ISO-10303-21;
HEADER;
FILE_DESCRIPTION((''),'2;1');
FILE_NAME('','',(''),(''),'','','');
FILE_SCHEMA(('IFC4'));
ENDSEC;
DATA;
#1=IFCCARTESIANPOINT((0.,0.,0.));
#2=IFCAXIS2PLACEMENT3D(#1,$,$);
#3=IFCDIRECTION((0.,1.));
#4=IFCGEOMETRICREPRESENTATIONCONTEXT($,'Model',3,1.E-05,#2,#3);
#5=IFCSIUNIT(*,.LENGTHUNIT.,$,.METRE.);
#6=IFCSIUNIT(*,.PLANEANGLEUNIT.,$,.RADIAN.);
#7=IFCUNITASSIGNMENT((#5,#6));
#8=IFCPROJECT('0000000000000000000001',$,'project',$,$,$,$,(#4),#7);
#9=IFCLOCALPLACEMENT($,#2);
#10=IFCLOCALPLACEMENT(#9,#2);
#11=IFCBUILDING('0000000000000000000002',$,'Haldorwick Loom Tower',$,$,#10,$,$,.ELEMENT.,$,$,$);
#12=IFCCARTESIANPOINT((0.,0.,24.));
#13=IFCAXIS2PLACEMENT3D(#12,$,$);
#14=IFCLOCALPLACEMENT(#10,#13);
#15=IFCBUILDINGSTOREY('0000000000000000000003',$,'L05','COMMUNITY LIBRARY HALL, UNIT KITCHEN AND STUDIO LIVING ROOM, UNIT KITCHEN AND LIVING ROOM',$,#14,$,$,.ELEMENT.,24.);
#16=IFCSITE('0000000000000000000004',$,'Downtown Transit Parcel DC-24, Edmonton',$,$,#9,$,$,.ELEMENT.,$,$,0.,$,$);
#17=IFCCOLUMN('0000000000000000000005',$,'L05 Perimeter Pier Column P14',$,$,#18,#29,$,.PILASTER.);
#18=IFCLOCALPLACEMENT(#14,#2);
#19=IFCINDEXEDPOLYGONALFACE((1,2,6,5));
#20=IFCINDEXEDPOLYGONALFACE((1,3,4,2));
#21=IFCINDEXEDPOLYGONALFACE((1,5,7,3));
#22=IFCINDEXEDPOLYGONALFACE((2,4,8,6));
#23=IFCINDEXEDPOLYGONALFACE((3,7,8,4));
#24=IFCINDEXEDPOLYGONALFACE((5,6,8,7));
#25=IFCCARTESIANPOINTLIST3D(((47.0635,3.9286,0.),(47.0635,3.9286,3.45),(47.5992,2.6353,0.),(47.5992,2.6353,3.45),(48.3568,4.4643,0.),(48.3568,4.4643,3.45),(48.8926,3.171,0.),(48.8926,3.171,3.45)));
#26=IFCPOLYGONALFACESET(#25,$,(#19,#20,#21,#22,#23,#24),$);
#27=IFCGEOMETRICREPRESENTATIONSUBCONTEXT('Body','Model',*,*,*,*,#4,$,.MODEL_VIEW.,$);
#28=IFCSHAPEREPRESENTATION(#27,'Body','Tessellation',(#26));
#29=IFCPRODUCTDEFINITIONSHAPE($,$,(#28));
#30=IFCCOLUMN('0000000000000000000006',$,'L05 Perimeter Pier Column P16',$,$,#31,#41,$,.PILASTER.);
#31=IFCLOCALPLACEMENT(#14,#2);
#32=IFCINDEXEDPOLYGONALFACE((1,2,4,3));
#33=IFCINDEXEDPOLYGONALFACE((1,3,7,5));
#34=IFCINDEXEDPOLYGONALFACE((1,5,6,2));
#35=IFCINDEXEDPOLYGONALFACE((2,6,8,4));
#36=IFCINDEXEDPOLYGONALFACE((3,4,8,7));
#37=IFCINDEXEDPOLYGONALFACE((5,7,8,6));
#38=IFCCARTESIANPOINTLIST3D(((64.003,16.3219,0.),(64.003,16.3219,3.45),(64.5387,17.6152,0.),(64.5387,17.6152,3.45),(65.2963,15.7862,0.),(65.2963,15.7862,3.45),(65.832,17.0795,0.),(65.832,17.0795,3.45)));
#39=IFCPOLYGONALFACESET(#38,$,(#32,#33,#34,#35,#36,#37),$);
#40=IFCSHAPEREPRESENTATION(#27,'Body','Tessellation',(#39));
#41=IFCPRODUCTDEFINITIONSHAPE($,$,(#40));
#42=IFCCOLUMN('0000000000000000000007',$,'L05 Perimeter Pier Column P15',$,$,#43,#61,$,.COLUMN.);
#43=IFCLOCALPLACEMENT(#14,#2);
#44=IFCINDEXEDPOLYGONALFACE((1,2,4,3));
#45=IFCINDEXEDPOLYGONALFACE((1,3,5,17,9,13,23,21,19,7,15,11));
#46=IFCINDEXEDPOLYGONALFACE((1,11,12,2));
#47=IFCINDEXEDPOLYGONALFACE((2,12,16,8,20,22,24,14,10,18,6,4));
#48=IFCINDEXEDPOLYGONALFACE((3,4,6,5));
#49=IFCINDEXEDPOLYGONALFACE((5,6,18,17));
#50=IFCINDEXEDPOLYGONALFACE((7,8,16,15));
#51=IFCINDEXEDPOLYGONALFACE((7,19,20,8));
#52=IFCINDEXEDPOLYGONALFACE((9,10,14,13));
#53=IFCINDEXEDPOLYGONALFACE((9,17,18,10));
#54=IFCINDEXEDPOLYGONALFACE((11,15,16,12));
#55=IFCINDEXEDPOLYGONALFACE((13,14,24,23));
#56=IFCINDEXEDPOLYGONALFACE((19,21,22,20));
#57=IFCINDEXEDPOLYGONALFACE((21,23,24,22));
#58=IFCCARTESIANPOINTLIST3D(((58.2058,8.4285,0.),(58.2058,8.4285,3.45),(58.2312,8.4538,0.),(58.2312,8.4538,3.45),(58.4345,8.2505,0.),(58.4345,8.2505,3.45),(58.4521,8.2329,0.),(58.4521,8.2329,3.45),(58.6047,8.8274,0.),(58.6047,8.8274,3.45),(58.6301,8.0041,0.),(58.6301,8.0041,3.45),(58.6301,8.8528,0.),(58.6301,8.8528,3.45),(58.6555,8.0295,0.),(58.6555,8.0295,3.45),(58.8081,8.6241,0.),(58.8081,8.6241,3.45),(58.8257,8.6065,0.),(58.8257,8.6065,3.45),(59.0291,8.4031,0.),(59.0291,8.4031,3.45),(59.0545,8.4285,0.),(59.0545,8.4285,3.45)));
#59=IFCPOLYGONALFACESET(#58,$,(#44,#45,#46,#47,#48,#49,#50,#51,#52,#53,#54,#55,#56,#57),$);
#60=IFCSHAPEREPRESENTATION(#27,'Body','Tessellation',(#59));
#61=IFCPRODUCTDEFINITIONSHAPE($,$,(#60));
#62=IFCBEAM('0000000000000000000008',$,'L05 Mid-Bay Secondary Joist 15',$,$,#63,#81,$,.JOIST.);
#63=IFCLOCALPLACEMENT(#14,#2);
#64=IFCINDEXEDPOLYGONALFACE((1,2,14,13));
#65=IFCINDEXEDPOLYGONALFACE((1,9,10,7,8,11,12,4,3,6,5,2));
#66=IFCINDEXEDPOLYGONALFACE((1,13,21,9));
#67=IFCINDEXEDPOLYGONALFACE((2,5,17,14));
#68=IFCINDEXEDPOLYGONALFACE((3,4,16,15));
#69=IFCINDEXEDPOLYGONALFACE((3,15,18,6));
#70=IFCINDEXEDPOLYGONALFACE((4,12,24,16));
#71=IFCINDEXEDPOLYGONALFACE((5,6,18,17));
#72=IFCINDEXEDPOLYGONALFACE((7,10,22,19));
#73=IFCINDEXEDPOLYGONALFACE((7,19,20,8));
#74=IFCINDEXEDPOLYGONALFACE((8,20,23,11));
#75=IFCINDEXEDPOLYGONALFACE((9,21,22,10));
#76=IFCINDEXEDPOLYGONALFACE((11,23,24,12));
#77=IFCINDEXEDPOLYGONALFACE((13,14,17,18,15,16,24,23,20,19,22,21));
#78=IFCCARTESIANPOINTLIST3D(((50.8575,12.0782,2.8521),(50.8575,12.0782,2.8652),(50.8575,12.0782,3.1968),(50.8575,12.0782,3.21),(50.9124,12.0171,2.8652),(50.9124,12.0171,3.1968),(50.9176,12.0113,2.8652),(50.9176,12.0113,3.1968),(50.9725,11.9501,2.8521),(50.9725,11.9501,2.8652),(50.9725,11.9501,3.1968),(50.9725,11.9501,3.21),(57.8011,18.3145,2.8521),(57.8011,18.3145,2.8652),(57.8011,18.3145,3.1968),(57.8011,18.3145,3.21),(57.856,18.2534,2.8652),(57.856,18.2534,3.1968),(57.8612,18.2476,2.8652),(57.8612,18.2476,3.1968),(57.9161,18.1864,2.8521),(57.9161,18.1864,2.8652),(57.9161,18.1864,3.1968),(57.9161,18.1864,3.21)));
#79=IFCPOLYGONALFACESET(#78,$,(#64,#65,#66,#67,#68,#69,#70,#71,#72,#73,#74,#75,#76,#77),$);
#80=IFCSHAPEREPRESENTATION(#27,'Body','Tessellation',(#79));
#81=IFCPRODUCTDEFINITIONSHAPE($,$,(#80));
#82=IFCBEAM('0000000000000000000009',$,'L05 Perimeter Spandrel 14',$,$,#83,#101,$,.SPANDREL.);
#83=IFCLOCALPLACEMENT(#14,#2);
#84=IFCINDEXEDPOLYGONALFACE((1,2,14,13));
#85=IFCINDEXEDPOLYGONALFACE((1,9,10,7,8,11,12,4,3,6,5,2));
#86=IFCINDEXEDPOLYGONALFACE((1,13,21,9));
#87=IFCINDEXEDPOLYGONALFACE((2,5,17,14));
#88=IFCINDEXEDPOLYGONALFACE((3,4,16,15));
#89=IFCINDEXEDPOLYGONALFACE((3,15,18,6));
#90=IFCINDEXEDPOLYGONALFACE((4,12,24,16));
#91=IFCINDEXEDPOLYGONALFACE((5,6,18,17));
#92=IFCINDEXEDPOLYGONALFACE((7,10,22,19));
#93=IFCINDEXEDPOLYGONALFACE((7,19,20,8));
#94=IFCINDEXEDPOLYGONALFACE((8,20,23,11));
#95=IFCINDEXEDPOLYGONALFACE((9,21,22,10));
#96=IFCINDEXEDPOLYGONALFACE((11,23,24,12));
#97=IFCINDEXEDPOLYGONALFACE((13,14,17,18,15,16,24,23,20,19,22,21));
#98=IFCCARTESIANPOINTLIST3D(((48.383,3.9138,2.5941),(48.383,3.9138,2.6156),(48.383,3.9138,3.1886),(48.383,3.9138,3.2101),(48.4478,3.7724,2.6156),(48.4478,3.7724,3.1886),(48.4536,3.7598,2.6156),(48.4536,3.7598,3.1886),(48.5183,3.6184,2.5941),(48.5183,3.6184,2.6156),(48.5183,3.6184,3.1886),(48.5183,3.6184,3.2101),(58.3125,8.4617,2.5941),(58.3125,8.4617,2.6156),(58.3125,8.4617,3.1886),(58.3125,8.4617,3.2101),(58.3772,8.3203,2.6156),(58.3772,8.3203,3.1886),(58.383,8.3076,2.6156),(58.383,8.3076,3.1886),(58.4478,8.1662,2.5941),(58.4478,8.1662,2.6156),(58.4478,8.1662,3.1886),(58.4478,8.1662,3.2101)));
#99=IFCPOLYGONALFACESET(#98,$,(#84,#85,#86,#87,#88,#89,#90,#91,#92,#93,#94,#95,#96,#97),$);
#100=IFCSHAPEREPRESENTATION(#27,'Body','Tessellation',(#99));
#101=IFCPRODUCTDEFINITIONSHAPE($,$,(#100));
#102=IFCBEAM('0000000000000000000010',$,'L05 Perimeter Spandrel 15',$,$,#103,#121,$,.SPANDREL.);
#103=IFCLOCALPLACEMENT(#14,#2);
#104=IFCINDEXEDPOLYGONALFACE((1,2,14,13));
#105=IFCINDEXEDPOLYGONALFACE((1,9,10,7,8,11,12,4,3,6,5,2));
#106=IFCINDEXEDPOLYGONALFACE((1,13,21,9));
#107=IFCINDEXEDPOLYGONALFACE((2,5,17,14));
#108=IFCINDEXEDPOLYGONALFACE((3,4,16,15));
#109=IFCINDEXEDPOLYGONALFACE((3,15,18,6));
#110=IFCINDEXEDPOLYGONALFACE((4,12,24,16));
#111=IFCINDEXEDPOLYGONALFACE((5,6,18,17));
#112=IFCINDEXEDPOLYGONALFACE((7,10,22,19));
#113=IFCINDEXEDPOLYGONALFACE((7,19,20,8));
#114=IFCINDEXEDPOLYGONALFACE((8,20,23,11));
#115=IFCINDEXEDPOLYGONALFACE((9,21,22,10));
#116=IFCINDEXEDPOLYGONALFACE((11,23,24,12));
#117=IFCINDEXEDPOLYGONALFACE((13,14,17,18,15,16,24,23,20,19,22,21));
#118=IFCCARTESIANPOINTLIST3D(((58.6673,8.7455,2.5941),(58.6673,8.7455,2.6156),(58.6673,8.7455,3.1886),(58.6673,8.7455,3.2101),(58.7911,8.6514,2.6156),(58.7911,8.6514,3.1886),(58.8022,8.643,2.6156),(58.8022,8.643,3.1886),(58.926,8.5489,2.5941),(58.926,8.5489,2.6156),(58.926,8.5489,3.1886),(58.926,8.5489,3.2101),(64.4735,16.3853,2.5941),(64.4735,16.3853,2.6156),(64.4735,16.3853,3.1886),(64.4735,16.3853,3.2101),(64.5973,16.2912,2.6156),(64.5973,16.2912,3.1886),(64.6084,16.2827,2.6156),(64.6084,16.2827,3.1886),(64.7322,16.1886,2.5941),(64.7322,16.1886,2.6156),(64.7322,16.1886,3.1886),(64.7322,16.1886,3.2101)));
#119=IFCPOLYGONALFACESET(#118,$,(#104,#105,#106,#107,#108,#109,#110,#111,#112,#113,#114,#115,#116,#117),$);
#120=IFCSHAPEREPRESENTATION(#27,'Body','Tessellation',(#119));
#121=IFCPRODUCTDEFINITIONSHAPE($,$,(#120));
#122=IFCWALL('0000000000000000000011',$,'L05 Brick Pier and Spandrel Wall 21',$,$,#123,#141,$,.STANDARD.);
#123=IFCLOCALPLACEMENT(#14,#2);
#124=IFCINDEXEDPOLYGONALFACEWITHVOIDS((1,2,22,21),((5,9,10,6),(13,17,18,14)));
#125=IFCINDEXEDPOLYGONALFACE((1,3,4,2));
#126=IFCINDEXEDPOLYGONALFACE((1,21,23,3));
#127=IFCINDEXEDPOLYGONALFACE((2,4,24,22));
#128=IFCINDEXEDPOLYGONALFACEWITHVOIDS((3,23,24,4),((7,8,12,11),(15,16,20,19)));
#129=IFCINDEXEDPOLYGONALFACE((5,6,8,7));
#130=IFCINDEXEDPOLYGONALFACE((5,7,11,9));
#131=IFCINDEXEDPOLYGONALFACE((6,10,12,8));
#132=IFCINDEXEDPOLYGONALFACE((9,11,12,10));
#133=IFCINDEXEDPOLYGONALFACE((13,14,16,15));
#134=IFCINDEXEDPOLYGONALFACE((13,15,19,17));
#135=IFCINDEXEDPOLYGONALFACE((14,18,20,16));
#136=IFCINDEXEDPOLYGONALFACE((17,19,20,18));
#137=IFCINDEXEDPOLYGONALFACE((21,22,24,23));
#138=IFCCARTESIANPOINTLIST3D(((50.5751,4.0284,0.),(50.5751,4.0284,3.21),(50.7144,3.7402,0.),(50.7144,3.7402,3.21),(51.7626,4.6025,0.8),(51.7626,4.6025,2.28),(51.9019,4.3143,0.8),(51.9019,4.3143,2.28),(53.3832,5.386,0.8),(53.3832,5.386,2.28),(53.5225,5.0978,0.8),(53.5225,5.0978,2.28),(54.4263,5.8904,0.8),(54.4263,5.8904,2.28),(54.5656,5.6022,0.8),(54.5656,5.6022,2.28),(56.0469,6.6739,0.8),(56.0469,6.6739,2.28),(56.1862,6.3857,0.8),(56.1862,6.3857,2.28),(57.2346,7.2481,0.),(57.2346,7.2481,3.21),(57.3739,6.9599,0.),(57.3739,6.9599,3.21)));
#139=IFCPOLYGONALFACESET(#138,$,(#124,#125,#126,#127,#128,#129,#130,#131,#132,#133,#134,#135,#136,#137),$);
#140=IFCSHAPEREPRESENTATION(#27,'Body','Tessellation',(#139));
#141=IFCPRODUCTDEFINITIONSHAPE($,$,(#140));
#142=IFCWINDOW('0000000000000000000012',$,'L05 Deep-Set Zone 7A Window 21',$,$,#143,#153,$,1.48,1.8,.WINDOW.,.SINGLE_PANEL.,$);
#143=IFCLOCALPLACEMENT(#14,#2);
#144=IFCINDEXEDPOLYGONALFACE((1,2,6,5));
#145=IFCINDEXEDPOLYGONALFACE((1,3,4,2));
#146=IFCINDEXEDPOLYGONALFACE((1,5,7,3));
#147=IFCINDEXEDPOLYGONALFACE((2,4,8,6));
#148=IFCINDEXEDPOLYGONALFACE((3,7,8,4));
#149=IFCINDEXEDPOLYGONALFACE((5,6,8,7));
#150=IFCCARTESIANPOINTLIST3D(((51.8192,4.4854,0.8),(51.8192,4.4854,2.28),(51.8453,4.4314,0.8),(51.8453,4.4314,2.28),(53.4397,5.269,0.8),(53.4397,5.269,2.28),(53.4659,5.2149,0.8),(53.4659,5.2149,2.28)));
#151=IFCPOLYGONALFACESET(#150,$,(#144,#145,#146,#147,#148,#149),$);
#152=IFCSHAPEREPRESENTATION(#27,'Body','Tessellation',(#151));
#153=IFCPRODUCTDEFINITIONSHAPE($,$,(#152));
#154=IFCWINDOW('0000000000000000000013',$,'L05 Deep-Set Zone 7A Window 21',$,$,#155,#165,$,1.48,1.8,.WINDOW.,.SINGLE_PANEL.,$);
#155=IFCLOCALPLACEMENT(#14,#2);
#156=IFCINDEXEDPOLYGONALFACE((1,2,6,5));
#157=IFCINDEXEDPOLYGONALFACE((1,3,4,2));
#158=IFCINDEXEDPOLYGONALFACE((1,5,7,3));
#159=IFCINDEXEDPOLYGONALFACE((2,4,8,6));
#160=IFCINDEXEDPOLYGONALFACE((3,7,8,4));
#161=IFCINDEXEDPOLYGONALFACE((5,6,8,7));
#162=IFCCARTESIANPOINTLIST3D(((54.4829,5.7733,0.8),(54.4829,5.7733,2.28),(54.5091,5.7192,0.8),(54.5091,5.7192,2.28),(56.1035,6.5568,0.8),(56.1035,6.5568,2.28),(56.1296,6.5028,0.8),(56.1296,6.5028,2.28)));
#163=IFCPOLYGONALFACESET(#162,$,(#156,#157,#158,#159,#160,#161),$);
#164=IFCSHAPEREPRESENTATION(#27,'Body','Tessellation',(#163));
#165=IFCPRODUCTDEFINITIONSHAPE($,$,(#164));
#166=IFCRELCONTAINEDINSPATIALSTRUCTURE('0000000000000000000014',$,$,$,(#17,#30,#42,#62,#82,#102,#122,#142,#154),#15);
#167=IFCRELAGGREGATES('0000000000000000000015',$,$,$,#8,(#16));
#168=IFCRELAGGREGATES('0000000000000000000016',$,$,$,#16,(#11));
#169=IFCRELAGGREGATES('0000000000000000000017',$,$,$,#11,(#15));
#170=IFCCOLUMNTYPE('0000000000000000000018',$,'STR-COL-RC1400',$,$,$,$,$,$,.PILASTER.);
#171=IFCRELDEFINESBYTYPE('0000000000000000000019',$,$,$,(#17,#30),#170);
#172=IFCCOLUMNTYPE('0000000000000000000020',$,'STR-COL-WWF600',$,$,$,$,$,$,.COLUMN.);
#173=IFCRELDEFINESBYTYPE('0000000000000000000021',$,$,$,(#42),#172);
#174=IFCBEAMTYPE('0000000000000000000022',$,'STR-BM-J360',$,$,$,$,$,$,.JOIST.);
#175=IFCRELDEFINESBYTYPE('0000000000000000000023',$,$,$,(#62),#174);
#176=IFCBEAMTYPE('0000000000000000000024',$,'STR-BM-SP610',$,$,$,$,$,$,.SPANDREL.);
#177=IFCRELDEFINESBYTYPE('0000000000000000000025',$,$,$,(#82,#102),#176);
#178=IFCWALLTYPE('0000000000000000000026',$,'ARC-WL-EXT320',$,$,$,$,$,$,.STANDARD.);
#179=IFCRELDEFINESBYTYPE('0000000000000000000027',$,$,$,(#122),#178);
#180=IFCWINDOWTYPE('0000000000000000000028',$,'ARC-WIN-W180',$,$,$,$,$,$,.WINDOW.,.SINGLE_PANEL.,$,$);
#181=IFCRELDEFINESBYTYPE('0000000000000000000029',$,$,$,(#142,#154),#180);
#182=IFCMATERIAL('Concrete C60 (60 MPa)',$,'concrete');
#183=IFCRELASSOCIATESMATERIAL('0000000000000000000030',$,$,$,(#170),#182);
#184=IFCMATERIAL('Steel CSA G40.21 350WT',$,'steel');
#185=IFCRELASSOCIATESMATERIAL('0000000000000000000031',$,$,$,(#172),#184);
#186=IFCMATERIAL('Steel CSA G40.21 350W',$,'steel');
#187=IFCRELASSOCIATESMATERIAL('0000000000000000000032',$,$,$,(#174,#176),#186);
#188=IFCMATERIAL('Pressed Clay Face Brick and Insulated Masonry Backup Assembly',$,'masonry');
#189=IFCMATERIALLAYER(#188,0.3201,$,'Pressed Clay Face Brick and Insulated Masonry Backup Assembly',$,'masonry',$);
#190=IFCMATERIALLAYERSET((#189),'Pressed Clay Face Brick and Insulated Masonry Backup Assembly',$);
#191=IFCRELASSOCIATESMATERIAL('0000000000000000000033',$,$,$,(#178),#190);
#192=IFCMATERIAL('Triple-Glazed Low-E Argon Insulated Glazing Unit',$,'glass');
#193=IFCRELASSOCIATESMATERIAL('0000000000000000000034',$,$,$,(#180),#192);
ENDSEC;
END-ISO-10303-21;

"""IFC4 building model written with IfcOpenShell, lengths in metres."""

from ifc_helpers import new_model, si_unit, direction, frame, frame_2d, origin, origin_2d, place, context, subcontext, project, spatial, rectangle, i_section, extrude, material, layer, layer_set, material_profile, profile_set, type_object, element, fill, save


model = new_model("IFC4")

# Units and contexts
model_context = context("Model", 3, precision=1e-05, world=origin(), true_north=direction((0.0, 1.0)))
body_context = subcontext(model_context, "Body", "Model", "MODEL_VIEW")
ifc_project = project(units=[si_unit("LENGTHUNIT", "METRE"), si_unit("PLANEANGLEUNIT", "RADIAN")], contexts=[model_context])

# Site, building, storey
site_placement = place(None, origin())
site = spatial("IfcSite", under=ifc_project, at=site_placement, Name="Downtown Transit Parcel DC-24, Edmonton", CompositionType="ELEMENT", RefElevation=0.0)
building_placement = place(site_placement, origin())
building = spatial("IfcBuilding", under=site, at=building_placement, Name="Haldorwick Loom Tower", CompositionType="ELEMENT")
storey_placement = place(building_placement, frame((0.0, 0.0, 24.0)))
storey = spatial("IfcBuildingStorey", under=building, at=storey_placement, Name="L05", Description="COMMUNITY LIBRARY HALL, UNIT KITCHEN AND STUDIO LIVING ROOM, UNIT KITCHEN AND LIVING ROOM", CompositionType="ELEMENT", Elevation=24.0)

# Columns
ifc_material_1 = material(Name="Concrete C60 (60 MPa)", Category="concrete")
ifc_material_profile_1 = material_profile(ifc_material_1, rectangle(XDim=1.3999, YDim=1.3999, at=origin_2d()), Name="RC1400X1400", Category="concrete")
ifc_profile_set_1 = profile_set([ifc_material_profile_1], Name="Concrete C60 (60 MPa)")
column_type_1 = type_object("IfcColumnType", Name="STR-COL-RC1400", PredefinedType="PILASTER", material=ifc_profile_set_1)
for number, where, z_axis, x_axis, name in (
    (1, (47.978, 3.5498, 0.0), (0.0, 0.0, 1.0), (0.382683, -0.92388, 0.0), "L05 Perimeter Pier Column P14"),
    (2, (64.9175, 16.7007, 0.0), (0.0, 0.0, 1.0), (0.92388, -0.382683, 0.0), "L05 Perimeter Pier Column P16"),
):
    element("IfcColumn", number, at=place(storey_placement, frame(where, z_axis=z_axis, x_axis=x_axis)), inside=storey, type_object=column_type_1, Name=name, PredefinedType="PILASTER", context=body_context, shape_type="SweptSolid", body=[
        extrude(rectangle(XDim=1.3999, YDim=1.3999, at=origin_2d()), origin(), (0.0, 0.0, 1.0), 3.45),
    ])
ifc_material_2 = material(Name="Steel CSA G40.21 350WT", Category="steel")
ifc_material_profile_2 = material_profile(ifc_material_2, i_section(OverallWidth=0.6001, OverallDepth=0.6001, WebThickness=0.0249, FlangeThickness=0.0359, at=origin_2d()), Name="WWF600X600", Category="steel")
ifc_profile_set_2 = profile_set([ifc_material_profile_2], Name="Steel CSA G40.21 350WT")
column_type_2 = type_object("IfcColumnType", Name="STR-COL-WWF600", PredefinedType="COLUMN", material=ifc_profile_set_2)
column_placement = place(storey_placement, frame((58.6301, 8.4285, 0.0), z_axis=(0.0, 0.0, 1.0), x_axis=(0.707107, -0.707107, 0.0)))
element("IfcColumn", 3, at=column_placement, inside=storey, type_object=column_type_2, Name="L05 Perimeter Pier Column P15", PredefinedType="COLUMN", context=body_context, shape_type="SweptSolid", body=[
    extrude(i_section(OverallWidth=0.6001, OverallDepth=0.6001, WebThickness=0.0249, FlangeThickness=0.0359, at=origin_2d()), origin(), (0.0, 0.0, 1.0), 3.45),
])

# Beams
ifc_material_3 = material(Name="Steel CSA G40.21 350W", Category="steel")
ifc_material_profile_3 = material_profile(ifc_material_3, i_section(OverallWidth=0.1721, OverallDepth=0.3579, WebThickness=0.0078, FlangeThickness=0.0132, at=origin_2d()), Name="W360X57", Category="steel")
ifc_profile_set_3 = profile_set([ifc_material_profile_3], Name="Steel CSA G40.21 350W")
beam_type_1 = type_object("IfcBeamType", Name="STR-BM-J360", PredefinedType="JOIST", material=ifc_profile_set_3)
beam_1_placement = place(storey_placement, frame((50.915, 12.0142, 3.031), z_axis=(0.743982, 0.6682, 0.0), x_axis=(-0.6682, 0.743982, 0.0)))
element("IfcBeam", 4, at=beam_1_placement, inside=storey, type_object=beam_type_1, Name="L05 Mid-Bay Secondary Joist 15", PredefinedType="JOIST", context=body_context, shape_type="SweptSolid", body=[
    extrude(i_section(OverallWidth=0.1721, OverallDepth=0.3579, WebThickness=0.0078, FlangeThickness=0.0132, at=origin_2d()), origin(), (0.0, 0.0, 1.0), 9.333),
])
ifc_material_profile_4 = material_profile(ifc_material_3, i_section(OverallWidth=0.325, OverallDepth=0.616, WebThickness=0.0139, FlangeThickness=0.0215, at=origin_2d()), Name="W610X174", Category="steel")
ifc_profile_set_4 = profile_set([ifc_material_profile_4], Name="Steel CSA G40.21 350W")
beam_type_2 = type_object("IfcBeamType", Name="STR-BM-SP610", PredefinedType="SPANDREL", material=ifc_profile_set_4)
beam_2_placement = place(storey_placement, frame((48.4507, 3.7661, 2.9021), z_axis=(0.909174, 0.416417, 0.0), x_axis=(-0.416417, 0.909174, 0.0)))
element("IfcBeam", 5, at=beam_2_placement, inside=storey, type_object=beam_type_2, Name="L05 Perimeter Spandrel 14", PredefinedType="SPANDREL", context=body_context, shape_type="SweptSolid", body=[
    extrude(i_section(OverallWidth=0.325, OverallDepth=0.616, WebThickness=0.0139, FlangeThickness=0.0215, at=origin_2d()), origin(), (0.0, 0.0, 1.0), 10.9214),
])
beam_3_placement = place(storey_placement, frame((58.7966, 8.6472, 2.9021), z_axis=(0.605085, 0.796161, 0.0), x_axis=(-0.796161, 0.605085, 0.0)))
element("IfcBeam", 6, at=beam_3_placement, inside=storey, type_object=beam_type_2, Name="L05 Perimeter Spandrel 15", PredefinedType="SPANDREL", context=body_context, shape_type="SweptSolid", body=[
    extrude(i_section(OverallWidth=0.325, OverallDepth=0.616, WebThickness=0.0139, FlangeThickness=0.0215, at=origin_2d()), origin(), (0.0, 0.0, 1.0), 9.5957),
])

# Wall, openings, windows
ifc_material_4 = material(Name="Pressed Clay Face Brick and Insulated Masonry Backup Assembly", Category="masonry")
ifc_layer = layer(ifc_material_4, 0.3201, Name="Pressed Clay Face Brick and Insulated Masonry Backup Assembly", Category="masonry")
ifc_layer_set = layer_set([ifc_layer], Name="Pressed Clay Face Brick and Insulated Masonry Backup Assembly")
wall_type = type_object("IfcWallType", Name="ARC-WL-EXT320", PredefinedType="STANDARD", material=ifc_layer_set)
wall_1_placement = place(storey_placement, frame((50.6448, 3.8843, 0.0), z_axis=(0.0, 0.0, 1.0), x_axis=(0.900296, 0.435279, 0.0)))
wall_1 = element("IfcWall", 7, at=wall_1_placement, inside=storey, type_object=wall_type, Name="L05 Brick Pier and Spandrel Wall 21", PredefinedType="STANDARD", context=body_context, shape_type="SweptSolid", body=[
    extrude(rectangle(XDim=7.397, YDim=0.3201, at=frame_2d((3.6985, 0.0))), origin(), (0.0, 0.0, 1.0), 3.21),
])
opening_1_placement = place(wall_1_placement, frame((1.3191, 0.0, 0.8)))
opening_1 = element("IfcOpeningElement", 8, at=opening_1_placement, cuts=wall_1, PredefinedType="OPENING", context=body_context, shape_type="SweptSolid", body=[
    extrude(rectangle(XDim=1.8, YDim=1.48, at=frame_2d((0.8999, 0.74))), frame((0.0, 0.1699, 0.0), z_axis=(0.0, -1.0, 0.0), x_axis=(1.0, 0.0, 0.0)), (0.0, 0.0, 1.0), 0.3401),
])
opening_2_placement = place(wall_1_placement, frame((4.2778, 0.0, 0.8)))
opening_2 = element("IfcOpeningElement", 9, at=opening_2_placement, cuts=wall_1, PredefinedType="OPENING", context=body_context, shape_type="SweptSolid", body=[
    extrude(rectangle(XDim=1.8, YDim=1.48, at=frame_2d((0.8999, 0.74))), frame((0.0, 0.1699, 0.0), z_axis=(0.0, -1.0, 0.0), x_axis=(1.0, 0.0, 0.0)), (0.0, 0.0, 1.0), 0.3401),
])
ifc_material_5 = material(Name="Triple-Glazed Low-E Argon Insulated Glazing Unit", Category="glass")
window_type = type_object("IfcWindowType", Name="ARC-WIN-W180", PartitioningType="SINGLE_PANEL", PredefinedType="WINDOW", material=ifc_material_5)
window_1_placement = place(opening_1_placement, origin())
window_1 = element("IfcWindow", 10, at=window_1_placement, inside=storey, type_object=window_type, Name="L05 Deep-Set Zone 7A Window 21", OverallHeight=1.48, OverallWidth=1.8, PartitioningType="SINGLE_PANEL", PredefinedType="WINDOW", context=body_context, shape_type="SweptSolid", body=[
    extrude(rectangle(XDim=1.8, YDim=1.48, at=frame_2d((0.8999, 0.74))), frame((0.0, 0.03, 0.0), z_axis=(0.0, -1.0, 0.0), x_axis=(1.0, 0.0, 0.0)), (0.0, 0.0, 1.0), 0.0601),
])
fill(opening_1, window_1)
window_2_placement = place(opening_2_placement, origin())
window_2 = element("IfcWindow", 11, at=window_2_placement, inside=storey, type_object=window_type, Name="L05 Deep-Set Zone 7A Window 21", OverallHeight=1.48, OverallWidth=1.8, PartitioningType="SINGLE_PANEL", PredefinedType="WINDOW", context=body_context, shape_type="SweptSolid", body=[
    extrude(rectangle(XDim=1.8, YDim=1.48, at=frame_2d((0.8999, 0.74))), frame((0.0, 0.03, 0.0), z_axis=(0.0, -1.0, 0.0), x_axis=(1.0, 0.0, 0.0)), (0.0, 0.0, 1.0), 0.0601),
])
fill(opening_2, window_2)

save(model, "model.ifc")
